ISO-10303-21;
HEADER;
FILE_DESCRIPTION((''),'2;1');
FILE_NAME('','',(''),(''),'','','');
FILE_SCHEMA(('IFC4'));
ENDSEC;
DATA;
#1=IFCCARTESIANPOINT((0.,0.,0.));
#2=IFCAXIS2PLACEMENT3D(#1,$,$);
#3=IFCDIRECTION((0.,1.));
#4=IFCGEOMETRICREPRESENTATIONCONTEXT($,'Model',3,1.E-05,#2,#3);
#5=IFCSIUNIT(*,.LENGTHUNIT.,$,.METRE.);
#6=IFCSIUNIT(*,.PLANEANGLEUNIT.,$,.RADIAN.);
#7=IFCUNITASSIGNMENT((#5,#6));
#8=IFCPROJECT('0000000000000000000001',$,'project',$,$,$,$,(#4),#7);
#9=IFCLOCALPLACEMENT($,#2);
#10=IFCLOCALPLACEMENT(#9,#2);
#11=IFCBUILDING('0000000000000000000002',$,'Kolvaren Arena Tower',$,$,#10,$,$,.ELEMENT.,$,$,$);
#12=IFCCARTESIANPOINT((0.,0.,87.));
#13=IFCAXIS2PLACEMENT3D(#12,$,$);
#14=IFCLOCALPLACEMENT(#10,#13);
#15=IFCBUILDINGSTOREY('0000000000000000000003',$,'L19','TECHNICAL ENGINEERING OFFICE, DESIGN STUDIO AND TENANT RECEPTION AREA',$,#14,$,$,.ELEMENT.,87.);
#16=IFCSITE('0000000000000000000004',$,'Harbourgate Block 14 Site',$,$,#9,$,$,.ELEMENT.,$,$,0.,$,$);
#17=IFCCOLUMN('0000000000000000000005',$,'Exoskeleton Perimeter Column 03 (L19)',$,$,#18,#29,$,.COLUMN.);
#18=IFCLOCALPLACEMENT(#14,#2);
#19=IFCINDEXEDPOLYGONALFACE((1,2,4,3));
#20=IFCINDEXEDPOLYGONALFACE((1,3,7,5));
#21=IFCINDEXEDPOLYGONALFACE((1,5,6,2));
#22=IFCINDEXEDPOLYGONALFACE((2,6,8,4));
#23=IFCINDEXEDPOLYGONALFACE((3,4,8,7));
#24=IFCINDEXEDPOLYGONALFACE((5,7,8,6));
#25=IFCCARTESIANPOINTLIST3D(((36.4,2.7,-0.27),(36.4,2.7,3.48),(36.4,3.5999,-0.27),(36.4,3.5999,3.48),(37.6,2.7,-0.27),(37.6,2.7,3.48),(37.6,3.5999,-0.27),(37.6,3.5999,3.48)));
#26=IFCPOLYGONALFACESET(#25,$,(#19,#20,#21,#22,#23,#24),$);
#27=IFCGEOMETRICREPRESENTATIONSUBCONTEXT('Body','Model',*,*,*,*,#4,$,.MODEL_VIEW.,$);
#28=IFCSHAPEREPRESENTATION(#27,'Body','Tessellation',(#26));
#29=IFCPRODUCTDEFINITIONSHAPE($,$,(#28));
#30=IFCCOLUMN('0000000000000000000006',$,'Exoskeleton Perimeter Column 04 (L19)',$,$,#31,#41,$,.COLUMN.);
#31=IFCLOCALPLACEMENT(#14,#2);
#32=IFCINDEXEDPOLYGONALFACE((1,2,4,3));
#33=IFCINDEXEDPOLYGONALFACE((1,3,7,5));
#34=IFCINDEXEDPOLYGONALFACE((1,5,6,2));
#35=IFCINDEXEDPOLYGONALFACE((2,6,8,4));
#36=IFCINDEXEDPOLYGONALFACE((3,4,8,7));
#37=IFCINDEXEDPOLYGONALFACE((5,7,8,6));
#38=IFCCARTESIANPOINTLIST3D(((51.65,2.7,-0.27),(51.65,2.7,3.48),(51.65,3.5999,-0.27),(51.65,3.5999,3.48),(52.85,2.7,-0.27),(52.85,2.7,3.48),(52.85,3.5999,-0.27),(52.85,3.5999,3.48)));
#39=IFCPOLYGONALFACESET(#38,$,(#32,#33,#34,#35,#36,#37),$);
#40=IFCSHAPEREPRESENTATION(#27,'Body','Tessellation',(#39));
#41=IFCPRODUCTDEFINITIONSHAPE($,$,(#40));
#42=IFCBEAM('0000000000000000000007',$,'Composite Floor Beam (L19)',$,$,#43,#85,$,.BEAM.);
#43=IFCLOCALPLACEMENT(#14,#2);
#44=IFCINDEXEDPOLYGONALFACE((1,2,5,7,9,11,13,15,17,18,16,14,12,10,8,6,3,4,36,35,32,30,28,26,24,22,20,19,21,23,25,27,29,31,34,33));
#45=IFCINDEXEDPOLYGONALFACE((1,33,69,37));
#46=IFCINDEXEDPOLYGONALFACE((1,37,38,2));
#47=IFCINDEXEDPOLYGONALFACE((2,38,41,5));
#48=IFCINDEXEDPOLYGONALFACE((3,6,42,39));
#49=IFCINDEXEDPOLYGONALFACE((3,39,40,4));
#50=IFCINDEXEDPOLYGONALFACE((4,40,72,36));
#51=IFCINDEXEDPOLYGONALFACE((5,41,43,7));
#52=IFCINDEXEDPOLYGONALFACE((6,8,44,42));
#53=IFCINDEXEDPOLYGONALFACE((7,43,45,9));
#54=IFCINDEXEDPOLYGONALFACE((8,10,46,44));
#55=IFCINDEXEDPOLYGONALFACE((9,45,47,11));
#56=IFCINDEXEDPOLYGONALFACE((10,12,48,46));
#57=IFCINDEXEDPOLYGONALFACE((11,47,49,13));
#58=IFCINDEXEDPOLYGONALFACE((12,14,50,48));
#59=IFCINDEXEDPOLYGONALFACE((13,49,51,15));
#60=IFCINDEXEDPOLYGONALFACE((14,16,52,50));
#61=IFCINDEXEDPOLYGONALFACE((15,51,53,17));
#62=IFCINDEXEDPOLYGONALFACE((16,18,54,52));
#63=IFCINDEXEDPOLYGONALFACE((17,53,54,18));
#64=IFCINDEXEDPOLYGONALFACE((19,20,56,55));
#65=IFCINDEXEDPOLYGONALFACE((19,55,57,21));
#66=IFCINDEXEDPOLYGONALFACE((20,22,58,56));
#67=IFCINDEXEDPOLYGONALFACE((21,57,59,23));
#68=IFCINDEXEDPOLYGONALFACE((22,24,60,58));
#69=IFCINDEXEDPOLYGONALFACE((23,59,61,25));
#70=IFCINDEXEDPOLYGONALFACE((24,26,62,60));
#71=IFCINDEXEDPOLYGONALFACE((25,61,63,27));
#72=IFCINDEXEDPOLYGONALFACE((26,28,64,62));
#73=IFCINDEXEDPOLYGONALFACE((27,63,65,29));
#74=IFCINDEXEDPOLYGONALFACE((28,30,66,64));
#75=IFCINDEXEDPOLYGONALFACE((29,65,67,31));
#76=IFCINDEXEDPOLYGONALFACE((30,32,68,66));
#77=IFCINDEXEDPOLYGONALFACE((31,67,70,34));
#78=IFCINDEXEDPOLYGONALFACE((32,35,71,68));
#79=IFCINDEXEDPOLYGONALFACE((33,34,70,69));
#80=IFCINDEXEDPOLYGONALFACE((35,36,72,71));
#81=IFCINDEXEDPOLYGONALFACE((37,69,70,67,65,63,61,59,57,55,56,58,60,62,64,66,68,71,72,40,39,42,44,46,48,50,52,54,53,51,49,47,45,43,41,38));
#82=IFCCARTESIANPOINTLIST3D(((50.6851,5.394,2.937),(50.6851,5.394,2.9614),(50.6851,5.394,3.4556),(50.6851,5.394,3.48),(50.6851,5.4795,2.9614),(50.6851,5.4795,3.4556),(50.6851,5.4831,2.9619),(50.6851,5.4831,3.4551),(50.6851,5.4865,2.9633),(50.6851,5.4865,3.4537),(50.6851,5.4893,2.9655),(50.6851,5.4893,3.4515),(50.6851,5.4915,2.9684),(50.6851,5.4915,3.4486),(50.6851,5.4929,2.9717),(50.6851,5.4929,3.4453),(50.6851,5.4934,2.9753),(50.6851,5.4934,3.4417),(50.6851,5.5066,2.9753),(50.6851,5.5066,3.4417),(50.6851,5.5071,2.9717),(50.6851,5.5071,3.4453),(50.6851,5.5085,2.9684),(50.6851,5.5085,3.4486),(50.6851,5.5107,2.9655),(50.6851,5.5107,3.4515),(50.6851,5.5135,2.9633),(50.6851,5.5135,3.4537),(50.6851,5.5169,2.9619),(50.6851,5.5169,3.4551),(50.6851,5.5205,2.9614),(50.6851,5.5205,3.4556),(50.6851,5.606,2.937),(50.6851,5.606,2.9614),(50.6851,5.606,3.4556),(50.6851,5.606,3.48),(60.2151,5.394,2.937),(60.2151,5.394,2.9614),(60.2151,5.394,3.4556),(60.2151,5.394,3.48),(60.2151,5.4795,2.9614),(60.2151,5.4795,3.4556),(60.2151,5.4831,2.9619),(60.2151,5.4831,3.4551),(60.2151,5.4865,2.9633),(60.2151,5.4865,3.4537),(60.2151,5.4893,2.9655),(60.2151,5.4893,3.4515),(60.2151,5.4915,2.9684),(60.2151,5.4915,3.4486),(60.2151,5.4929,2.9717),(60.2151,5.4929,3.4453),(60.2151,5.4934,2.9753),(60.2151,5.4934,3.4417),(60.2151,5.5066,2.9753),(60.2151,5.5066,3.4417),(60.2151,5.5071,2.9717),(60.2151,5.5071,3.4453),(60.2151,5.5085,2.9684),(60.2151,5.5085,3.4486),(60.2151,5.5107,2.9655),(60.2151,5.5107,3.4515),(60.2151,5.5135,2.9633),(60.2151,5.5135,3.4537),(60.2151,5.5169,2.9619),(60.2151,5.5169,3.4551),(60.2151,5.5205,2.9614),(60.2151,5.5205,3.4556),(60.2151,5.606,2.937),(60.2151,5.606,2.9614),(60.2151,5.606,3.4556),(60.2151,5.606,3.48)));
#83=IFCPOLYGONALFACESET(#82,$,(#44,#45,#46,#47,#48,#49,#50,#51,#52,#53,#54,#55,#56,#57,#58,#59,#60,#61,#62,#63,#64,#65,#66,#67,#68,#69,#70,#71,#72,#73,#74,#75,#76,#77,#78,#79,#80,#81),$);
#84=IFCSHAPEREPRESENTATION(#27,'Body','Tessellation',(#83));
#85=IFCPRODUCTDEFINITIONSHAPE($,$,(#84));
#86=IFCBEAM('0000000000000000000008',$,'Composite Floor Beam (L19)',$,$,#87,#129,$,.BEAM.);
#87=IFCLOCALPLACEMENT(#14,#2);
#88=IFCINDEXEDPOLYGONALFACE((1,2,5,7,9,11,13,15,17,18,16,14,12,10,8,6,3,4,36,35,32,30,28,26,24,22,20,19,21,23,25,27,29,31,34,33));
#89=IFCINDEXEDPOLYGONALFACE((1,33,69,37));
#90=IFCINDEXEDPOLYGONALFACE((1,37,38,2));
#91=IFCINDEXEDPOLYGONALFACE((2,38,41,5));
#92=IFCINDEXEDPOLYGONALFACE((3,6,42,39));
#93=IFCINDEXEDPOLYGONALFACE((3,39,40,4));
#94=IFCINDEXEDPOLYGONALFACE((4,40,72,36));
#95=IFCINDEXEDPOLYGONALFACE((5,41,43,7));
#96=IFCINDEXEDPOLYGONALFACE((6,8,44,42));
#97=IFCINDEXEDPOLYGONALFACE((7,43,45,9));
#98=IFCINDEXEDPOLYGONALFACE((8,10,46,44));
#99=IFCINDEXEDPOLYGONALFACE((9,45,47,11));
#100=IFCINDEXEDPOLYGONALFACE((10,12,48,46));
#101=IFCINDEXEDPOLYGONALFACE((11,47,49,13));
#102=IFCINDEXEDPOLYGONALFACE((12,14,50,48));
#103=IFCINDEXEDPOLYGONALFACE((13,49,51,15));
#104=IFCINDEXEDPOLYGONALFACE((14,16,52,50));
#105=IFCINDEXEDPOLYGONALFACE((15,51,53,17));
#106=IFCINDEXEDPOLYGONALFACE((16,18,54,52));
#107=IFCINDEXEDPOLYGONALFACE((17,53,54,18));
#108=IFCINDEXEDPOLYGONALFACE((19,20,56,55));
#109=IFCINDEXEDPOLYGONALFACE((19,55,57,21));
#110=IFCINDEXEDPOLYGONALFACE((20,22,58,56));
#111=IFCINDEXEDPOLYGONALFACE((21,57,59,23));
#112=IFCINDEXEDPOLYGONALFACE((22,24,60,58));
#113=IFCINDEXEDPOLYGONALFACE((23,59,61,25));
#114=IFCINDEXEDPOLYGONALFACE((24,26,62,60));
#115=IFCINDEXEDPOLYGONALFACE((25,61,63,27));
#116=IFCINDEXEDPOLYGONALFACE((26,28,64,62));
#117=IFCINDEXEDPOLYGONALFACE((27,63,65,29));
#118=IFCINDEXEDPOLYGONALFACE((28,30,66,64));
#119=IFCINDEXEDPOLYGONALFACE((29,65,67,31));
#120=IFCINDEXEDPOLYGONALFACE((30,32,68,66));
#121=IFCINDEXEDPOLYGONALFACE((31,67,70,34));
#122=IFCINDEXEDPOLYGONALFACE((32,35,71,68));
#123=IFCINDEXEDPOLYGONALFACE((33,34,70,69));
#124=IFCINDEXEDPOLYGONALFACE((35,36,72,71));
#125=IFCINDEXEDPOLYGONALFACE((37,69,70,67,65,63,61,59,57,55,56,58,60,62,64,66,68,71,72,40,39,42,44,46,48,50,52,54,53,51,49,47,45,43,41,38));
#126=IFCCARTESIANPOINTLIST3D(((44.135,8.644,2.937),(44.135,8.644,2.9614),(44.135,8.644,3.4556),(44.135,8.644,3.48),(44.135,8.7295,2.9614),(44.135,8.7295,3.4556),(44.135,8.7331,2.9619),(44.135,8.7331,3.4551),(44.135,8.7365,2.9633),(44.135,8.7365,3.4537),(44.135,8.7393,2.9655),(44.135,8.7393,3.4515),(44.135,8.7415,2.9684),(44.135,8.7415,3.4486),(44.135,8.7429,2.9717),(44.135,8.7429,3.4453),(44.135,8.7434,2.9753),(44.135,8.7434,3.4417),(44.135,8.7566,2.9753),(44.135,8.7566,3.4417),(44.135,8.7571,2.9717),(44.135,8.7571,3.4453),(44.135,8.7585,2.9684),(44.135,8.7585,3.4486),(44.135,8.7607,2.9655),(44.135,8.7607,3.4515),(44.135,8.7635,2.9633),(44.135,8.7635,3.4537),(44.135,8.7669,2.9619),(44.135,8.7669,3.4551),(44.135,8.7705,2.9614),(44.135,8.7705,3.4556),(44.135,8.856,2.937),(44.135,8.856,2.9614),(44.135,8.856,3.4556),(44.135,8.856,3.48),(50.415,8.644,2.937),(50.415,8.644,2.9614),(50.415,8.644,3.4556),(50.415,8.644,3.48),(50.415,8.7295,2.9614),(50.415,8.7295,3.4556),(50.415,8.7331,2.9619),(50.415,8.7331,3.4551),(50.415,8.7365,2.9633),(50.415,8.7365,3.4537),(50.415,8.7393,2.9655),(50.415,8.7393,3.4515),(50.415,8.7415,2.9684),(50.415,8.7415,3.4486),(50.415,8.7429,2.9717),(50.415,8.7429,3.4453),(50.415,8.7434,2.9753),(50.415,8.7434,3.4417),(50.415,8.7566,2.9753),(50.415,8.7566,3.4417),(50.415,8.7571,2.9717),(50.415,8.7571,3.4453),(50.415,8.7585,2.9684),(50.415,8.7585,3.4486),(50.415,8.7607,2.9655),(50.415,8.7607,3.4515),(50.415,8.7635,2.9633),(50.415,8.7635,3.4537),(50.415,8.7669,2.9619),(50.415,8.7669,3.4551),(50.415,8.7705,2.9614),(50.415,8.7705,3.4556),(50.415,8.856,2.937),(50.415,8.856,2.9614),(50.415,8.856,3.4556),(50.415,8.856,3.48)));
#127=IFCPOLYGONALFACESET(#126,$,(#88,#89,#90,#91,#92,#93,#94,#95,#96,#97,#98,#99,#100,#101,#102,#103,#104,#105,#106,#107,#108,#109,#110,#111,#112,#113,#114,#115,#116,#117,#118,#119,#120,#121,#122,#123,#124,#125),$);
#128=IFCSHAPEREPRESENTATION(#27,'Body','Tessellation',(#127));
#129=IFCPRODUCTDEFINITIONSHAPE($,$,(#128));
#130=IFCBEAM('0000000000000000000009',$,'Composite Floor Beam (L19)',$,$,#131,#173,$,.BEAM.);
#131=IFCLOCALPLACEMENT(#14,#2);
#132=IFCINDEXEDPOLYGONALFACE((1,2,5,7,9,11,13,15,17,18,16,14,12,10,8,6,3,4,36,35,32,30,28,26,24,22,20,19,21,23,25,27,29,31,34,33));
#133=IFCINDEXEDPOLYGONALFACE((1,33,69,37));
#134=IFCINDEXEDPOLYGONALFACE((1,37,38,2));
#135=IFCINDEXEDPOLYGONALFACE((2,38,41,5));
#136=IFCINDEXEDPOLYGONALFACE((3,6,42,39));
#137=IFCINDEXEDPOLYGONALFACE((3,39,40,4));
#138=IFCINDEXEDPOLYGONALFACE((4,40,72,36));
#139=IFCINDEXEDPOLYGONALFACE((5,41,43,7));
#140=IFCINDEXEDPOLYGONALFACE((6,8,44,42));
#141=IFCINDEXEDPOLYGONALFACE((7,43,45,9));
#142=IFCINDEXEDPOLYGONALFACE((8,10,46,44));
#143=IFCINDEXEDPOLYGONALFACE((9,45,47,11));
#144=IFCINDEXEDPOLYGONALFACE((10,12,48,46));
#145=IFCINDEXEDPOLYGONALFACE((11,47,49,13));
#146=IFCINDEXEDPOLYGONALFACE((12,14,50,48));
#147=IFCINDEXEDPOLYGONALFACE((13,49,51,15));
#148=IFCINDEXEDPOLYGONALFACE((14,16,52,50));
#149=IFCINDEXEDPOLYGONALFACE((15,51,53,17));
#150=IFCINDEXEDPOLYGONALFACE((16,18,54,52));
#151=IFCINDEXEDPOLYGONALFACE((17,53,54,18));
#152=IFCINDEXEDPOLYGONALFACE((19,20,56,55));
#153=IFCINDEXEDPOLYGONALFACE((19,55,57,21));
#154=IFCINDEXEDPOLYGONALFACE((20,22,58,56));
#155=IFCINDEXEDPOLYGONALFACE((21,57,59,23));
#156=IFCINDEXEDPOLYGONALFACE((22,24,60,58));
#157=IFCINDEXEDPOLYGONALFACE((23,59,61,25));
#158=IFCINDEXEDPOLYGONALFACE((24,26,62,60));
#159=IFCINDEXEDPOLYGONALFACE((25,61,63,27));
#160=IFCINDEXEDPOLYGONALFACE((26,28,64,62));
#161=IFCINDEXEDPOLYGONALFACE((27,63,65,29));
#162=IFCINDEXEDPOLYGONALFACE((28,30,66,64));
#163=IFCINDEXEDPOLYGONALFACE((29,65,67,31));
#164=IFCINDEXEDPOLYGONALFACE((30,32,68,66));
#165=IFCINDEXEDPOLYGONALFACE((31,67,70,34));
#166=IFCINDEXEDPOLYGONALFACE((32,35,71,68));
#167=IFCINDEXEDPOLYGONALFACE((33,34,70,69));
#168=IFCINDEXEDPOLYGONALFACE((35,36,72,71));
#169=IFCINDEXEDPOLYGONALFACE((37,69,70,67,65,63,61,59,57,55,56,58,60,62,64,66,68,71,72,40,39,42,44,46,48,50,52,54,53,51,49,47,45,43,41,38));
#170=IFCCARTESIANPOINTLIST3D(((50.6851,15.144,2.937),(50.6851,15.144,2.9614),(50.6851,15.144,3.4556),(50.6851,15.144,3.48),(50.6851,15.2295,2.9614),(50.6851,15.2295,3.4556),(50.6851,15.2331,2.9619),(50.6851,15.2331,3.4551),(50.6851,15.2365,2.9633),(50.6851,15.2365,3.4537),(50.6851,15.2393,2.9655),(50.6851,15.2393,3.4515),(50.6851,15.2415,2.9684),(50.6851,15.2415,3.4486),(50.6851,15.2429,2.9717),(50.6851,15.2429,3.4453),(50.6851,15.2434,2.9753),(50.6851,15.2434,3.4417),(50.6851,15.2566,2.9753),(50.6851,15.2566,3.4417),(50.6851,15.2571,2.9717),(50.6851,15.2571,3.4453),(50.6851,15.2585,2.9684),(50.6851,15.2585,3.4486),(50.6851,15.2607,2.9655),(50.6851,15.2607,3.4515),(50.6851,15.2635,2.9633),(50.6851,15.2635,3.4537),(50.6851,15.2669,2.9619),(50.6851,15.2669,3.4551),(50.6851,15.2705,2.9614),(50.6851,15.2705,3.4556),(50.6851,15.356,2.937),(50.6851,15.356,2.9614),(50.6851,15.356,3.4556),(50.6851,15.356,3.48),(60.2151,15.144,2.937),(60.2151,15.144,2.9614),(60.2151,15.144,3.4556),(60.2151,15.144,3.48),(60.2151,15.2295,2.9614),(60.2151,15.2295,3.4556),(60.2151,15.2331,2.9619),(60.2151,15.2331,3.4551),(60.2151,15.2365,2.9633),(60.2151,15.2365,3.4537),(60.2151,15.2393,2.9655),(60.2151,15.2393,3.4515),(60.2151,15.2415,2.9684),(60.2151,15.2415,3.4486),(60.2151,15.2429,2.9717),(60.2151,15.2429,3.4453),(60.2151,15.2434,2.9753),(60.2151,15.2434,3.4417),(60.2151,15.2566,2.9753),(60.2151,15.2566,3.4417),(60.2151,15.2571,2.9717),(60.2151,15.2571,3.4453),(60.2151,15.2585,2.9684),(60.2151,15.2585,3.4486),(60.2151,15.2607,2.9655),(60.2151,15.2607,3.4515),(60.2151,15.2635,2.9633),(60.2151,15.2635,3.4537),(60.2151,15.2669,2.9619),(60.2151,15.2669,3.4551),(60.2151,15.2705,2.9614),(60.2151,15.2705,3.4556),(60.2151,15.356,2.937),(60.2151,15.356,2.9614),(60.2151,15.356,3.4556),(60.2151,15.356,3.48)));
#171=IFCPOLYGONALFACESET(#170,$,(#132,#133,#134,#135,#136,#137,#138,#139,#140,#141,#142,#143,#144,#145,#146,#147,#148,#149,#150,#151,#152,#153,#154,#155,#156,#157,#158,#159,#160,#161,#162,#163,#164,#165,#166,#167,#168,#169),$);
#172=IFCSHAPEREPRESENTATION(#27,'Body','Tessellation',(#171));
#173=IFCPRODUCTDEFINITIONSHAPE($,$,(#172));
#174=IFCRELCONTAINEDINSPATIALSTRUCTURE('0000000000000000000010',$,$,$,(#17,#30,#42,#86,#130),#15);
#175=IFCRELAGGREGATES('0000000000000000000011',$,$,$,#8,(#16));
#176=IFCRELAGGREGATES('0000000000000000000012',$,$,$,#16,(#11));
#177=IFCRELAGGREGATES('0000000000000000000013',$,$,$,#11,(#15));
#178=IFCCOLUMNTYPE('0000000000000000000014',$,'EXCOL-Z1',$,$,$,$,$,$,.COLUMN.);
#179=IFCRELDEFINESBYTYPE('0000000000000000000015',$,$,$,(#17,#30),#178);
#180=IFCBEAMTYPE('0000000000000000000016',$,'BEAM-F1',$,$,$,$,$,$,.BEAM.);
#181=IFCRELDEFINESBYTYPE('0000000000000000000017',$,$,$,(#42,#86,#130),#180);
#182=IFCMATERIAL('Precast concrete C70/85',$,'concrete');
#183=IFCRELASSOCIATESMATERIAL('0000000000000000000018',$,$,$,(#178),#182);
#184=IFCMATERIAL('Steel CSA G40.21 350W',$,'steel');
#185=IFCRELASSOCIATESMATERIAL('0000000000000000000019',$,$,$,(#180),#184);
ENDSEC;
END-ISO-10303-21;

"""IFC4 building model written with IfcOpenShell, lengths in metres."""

from ifc_helpers import new_model, si_unit, direction, frame, origin, origin_2d, place, context, subcontext, project, spatial, rectangle, i_section, extrude, material, material_profile, profile_set, type_object, element, save


model = new_model("IFC4")

# Units and contexts
model_context = context("Model", 3, precision=1e-05, world=origin(), true_north=direction((0.0, 1.0)))
body_context = subcontext(model_context, "Body", "Model", "MODEL_VIEW")
ifc_project = project(units=[si_unit("LENGTHUNIT", "METRE"), si_unit("PLANEANGLEUNIT", "RADIAN")], contexts=[model_context])

# Site, building, storey
site_placement = place(None, origin())
site = spatial("IfcSite", under=ifc_project, at=site_placement, Name="Harbourgate Block 14 Site", CompositionType="ELEMENT", RefElevation=0.0)
building_placement = place(site_placement, origin())
building = spatial("IfcBuilding", under=site, at=building_placement, Name="Kolvaren Arena Tower", CompositionType="ELEMENT")
storey_placement = place(building_placement, frame((0.0, 0.0, 87.0)))
storey = spatial("IfcBuildingStorey", under=building, at=storey_placement, Name="L19", Description="TECHNICAL ENGINEERING OFFICE, DESIGN STUDIO AND TENANT RECEPTION AREA", CompositionType="ELEMENT", Elevation=87.0)

# Columns
ifc_material_1 = material(Name="Precast concrete C70/85", Category="concrete")
ifc_material_profile_1 = material_profile(ifc_material_1, rectangle(XDim=1.2, YDim=0.8999, at=origin_2d()), Name="RC-1200x900")
ifc_profile_set_1 = profile_set([ifc_material_profile_1], Name="Precast concrete C70/85")
column_type = type_object("IfcColumnType", Name="EXCOL-Z1", PredefinedType="COLUMN", material=ifc_profile_set_1)
for number, where, z_axis, x_axis, name in (
    (1, (37.0, 3.1499, -0.27), (0.0, 0.0, 1.0), (1.0, 0.0, 0.0), "Exoskeleton Perimeter Column 03 (L19)"),
    (2, (52.25, 3.1499, -0.27), (0.0, 0.0, 1.0), (1.0, 0.0, 0.0), "Exoskeleton Perimeter Column 04 (L19)"),
):
    element("IfcColumn", number, at=place(storey_placement, frame(where, z_axis=z_axis, x_axis=x_axis)), inside=storey, type_object=column_type, Name=name, PredefinedType="COLUMN", context=body_context, shape_type="SweptSolid", body=[
        extrude(rectangle(XDim=1.2, YDim=0.8999, at=origin_2d()), origin(), (0.0, 0.0, 1.0), 3.75),
    ])

# Beams
ifc_material_2 = material(Name="Steel CSA G40.21 350W", Category="steel")
ifc_material_profile_2 = material_profile(ifc_material_2, i_section(OverallWidth=0.2119, OverallDepth=0.543, WebThickness=0.0132, FlangeThickness=0.0244, FilletRadius=0.0139, at=origin_2d()), Name="W530x150")
ifc_profile_set_2 = profile_set([ifc_material_profile_2], Name="Steel CSA G40.21 350W")
beam_type_1 = type_object("IfcBeamType", Name="BEAM-F1", PredefinedType="BEAM", material=ifc_profile_set_2)
beam_1_placement = place(storey_placement, frame((50.6851, 5.5, 3.2085), z_axis=(1.0, 0.0, 0.0), x_axis=(0.0, 1.0, 0.0)))
element("IfcBeam", 3, at=beam_1_placement, inside=storey, type_object=beam_type_1, Name="Composite Floor Beam (L19)", PredefinedType="BEAM", context=body_context, shape_type="SweptSolid", body=[
    extrude(i_section(OverallWidth=0.2119, OverallDepth=0.543, WebThickness=0.0132, FlangeThickness=0.0244, FilletRadius=0.0139, at=origin_2d()), origin(), (0.0, 0.0, 1.0), 9.53),
])
beam_2_placement = place(storey_placement, frame((44.135, 8.75, 3.2085), z_axis=(1.0, 0.0, 0.0), x_axis=(0.0, 1.0, 0.0)))
element("IfcBeam", 4, at=beam_2_placement, inside=storey, type_object=beam_type_1, Name="Composite Floor Beam (L19)", PredefinedType="BEAM", context=body_context, shape_type="SweptSolid", body=[
    extrude(i_section(OverallWidth=0.2119, OverallDepth=0.543, WebThickness=0.0132, FlangeThickness=0.0244, FilletRadius=0.0139, at=origin_2d()), origin(), (0.0, 0.0, 1.0), 6.28),
])
beam_3_placement = place(storey_placement, frame((50.6851, 15.25, 3.2085), z_axis=(1.0, 0.0, 0.0), x_axis=(0.0, 1.0, 0.0)))
element("IfcBeam", 5, at=beam_3_placement, inside=storey, type_object=beam_type_1, Name="Composite Floor Beam (L19)", PredefinedType="BEAM", context=body_context, shape_type="SweptSolid", body=[
    extrude(i_section(OverallWidth=0.2119, OverallDepth=0.543, WebThickness=0.0132, FlangeThickness=0.0244, FilletRadius=0.0139, at=origin_2d()), origin(), (0.0, 0.0, 1.0), 9.53),
])

save(model, "model.ifc")
